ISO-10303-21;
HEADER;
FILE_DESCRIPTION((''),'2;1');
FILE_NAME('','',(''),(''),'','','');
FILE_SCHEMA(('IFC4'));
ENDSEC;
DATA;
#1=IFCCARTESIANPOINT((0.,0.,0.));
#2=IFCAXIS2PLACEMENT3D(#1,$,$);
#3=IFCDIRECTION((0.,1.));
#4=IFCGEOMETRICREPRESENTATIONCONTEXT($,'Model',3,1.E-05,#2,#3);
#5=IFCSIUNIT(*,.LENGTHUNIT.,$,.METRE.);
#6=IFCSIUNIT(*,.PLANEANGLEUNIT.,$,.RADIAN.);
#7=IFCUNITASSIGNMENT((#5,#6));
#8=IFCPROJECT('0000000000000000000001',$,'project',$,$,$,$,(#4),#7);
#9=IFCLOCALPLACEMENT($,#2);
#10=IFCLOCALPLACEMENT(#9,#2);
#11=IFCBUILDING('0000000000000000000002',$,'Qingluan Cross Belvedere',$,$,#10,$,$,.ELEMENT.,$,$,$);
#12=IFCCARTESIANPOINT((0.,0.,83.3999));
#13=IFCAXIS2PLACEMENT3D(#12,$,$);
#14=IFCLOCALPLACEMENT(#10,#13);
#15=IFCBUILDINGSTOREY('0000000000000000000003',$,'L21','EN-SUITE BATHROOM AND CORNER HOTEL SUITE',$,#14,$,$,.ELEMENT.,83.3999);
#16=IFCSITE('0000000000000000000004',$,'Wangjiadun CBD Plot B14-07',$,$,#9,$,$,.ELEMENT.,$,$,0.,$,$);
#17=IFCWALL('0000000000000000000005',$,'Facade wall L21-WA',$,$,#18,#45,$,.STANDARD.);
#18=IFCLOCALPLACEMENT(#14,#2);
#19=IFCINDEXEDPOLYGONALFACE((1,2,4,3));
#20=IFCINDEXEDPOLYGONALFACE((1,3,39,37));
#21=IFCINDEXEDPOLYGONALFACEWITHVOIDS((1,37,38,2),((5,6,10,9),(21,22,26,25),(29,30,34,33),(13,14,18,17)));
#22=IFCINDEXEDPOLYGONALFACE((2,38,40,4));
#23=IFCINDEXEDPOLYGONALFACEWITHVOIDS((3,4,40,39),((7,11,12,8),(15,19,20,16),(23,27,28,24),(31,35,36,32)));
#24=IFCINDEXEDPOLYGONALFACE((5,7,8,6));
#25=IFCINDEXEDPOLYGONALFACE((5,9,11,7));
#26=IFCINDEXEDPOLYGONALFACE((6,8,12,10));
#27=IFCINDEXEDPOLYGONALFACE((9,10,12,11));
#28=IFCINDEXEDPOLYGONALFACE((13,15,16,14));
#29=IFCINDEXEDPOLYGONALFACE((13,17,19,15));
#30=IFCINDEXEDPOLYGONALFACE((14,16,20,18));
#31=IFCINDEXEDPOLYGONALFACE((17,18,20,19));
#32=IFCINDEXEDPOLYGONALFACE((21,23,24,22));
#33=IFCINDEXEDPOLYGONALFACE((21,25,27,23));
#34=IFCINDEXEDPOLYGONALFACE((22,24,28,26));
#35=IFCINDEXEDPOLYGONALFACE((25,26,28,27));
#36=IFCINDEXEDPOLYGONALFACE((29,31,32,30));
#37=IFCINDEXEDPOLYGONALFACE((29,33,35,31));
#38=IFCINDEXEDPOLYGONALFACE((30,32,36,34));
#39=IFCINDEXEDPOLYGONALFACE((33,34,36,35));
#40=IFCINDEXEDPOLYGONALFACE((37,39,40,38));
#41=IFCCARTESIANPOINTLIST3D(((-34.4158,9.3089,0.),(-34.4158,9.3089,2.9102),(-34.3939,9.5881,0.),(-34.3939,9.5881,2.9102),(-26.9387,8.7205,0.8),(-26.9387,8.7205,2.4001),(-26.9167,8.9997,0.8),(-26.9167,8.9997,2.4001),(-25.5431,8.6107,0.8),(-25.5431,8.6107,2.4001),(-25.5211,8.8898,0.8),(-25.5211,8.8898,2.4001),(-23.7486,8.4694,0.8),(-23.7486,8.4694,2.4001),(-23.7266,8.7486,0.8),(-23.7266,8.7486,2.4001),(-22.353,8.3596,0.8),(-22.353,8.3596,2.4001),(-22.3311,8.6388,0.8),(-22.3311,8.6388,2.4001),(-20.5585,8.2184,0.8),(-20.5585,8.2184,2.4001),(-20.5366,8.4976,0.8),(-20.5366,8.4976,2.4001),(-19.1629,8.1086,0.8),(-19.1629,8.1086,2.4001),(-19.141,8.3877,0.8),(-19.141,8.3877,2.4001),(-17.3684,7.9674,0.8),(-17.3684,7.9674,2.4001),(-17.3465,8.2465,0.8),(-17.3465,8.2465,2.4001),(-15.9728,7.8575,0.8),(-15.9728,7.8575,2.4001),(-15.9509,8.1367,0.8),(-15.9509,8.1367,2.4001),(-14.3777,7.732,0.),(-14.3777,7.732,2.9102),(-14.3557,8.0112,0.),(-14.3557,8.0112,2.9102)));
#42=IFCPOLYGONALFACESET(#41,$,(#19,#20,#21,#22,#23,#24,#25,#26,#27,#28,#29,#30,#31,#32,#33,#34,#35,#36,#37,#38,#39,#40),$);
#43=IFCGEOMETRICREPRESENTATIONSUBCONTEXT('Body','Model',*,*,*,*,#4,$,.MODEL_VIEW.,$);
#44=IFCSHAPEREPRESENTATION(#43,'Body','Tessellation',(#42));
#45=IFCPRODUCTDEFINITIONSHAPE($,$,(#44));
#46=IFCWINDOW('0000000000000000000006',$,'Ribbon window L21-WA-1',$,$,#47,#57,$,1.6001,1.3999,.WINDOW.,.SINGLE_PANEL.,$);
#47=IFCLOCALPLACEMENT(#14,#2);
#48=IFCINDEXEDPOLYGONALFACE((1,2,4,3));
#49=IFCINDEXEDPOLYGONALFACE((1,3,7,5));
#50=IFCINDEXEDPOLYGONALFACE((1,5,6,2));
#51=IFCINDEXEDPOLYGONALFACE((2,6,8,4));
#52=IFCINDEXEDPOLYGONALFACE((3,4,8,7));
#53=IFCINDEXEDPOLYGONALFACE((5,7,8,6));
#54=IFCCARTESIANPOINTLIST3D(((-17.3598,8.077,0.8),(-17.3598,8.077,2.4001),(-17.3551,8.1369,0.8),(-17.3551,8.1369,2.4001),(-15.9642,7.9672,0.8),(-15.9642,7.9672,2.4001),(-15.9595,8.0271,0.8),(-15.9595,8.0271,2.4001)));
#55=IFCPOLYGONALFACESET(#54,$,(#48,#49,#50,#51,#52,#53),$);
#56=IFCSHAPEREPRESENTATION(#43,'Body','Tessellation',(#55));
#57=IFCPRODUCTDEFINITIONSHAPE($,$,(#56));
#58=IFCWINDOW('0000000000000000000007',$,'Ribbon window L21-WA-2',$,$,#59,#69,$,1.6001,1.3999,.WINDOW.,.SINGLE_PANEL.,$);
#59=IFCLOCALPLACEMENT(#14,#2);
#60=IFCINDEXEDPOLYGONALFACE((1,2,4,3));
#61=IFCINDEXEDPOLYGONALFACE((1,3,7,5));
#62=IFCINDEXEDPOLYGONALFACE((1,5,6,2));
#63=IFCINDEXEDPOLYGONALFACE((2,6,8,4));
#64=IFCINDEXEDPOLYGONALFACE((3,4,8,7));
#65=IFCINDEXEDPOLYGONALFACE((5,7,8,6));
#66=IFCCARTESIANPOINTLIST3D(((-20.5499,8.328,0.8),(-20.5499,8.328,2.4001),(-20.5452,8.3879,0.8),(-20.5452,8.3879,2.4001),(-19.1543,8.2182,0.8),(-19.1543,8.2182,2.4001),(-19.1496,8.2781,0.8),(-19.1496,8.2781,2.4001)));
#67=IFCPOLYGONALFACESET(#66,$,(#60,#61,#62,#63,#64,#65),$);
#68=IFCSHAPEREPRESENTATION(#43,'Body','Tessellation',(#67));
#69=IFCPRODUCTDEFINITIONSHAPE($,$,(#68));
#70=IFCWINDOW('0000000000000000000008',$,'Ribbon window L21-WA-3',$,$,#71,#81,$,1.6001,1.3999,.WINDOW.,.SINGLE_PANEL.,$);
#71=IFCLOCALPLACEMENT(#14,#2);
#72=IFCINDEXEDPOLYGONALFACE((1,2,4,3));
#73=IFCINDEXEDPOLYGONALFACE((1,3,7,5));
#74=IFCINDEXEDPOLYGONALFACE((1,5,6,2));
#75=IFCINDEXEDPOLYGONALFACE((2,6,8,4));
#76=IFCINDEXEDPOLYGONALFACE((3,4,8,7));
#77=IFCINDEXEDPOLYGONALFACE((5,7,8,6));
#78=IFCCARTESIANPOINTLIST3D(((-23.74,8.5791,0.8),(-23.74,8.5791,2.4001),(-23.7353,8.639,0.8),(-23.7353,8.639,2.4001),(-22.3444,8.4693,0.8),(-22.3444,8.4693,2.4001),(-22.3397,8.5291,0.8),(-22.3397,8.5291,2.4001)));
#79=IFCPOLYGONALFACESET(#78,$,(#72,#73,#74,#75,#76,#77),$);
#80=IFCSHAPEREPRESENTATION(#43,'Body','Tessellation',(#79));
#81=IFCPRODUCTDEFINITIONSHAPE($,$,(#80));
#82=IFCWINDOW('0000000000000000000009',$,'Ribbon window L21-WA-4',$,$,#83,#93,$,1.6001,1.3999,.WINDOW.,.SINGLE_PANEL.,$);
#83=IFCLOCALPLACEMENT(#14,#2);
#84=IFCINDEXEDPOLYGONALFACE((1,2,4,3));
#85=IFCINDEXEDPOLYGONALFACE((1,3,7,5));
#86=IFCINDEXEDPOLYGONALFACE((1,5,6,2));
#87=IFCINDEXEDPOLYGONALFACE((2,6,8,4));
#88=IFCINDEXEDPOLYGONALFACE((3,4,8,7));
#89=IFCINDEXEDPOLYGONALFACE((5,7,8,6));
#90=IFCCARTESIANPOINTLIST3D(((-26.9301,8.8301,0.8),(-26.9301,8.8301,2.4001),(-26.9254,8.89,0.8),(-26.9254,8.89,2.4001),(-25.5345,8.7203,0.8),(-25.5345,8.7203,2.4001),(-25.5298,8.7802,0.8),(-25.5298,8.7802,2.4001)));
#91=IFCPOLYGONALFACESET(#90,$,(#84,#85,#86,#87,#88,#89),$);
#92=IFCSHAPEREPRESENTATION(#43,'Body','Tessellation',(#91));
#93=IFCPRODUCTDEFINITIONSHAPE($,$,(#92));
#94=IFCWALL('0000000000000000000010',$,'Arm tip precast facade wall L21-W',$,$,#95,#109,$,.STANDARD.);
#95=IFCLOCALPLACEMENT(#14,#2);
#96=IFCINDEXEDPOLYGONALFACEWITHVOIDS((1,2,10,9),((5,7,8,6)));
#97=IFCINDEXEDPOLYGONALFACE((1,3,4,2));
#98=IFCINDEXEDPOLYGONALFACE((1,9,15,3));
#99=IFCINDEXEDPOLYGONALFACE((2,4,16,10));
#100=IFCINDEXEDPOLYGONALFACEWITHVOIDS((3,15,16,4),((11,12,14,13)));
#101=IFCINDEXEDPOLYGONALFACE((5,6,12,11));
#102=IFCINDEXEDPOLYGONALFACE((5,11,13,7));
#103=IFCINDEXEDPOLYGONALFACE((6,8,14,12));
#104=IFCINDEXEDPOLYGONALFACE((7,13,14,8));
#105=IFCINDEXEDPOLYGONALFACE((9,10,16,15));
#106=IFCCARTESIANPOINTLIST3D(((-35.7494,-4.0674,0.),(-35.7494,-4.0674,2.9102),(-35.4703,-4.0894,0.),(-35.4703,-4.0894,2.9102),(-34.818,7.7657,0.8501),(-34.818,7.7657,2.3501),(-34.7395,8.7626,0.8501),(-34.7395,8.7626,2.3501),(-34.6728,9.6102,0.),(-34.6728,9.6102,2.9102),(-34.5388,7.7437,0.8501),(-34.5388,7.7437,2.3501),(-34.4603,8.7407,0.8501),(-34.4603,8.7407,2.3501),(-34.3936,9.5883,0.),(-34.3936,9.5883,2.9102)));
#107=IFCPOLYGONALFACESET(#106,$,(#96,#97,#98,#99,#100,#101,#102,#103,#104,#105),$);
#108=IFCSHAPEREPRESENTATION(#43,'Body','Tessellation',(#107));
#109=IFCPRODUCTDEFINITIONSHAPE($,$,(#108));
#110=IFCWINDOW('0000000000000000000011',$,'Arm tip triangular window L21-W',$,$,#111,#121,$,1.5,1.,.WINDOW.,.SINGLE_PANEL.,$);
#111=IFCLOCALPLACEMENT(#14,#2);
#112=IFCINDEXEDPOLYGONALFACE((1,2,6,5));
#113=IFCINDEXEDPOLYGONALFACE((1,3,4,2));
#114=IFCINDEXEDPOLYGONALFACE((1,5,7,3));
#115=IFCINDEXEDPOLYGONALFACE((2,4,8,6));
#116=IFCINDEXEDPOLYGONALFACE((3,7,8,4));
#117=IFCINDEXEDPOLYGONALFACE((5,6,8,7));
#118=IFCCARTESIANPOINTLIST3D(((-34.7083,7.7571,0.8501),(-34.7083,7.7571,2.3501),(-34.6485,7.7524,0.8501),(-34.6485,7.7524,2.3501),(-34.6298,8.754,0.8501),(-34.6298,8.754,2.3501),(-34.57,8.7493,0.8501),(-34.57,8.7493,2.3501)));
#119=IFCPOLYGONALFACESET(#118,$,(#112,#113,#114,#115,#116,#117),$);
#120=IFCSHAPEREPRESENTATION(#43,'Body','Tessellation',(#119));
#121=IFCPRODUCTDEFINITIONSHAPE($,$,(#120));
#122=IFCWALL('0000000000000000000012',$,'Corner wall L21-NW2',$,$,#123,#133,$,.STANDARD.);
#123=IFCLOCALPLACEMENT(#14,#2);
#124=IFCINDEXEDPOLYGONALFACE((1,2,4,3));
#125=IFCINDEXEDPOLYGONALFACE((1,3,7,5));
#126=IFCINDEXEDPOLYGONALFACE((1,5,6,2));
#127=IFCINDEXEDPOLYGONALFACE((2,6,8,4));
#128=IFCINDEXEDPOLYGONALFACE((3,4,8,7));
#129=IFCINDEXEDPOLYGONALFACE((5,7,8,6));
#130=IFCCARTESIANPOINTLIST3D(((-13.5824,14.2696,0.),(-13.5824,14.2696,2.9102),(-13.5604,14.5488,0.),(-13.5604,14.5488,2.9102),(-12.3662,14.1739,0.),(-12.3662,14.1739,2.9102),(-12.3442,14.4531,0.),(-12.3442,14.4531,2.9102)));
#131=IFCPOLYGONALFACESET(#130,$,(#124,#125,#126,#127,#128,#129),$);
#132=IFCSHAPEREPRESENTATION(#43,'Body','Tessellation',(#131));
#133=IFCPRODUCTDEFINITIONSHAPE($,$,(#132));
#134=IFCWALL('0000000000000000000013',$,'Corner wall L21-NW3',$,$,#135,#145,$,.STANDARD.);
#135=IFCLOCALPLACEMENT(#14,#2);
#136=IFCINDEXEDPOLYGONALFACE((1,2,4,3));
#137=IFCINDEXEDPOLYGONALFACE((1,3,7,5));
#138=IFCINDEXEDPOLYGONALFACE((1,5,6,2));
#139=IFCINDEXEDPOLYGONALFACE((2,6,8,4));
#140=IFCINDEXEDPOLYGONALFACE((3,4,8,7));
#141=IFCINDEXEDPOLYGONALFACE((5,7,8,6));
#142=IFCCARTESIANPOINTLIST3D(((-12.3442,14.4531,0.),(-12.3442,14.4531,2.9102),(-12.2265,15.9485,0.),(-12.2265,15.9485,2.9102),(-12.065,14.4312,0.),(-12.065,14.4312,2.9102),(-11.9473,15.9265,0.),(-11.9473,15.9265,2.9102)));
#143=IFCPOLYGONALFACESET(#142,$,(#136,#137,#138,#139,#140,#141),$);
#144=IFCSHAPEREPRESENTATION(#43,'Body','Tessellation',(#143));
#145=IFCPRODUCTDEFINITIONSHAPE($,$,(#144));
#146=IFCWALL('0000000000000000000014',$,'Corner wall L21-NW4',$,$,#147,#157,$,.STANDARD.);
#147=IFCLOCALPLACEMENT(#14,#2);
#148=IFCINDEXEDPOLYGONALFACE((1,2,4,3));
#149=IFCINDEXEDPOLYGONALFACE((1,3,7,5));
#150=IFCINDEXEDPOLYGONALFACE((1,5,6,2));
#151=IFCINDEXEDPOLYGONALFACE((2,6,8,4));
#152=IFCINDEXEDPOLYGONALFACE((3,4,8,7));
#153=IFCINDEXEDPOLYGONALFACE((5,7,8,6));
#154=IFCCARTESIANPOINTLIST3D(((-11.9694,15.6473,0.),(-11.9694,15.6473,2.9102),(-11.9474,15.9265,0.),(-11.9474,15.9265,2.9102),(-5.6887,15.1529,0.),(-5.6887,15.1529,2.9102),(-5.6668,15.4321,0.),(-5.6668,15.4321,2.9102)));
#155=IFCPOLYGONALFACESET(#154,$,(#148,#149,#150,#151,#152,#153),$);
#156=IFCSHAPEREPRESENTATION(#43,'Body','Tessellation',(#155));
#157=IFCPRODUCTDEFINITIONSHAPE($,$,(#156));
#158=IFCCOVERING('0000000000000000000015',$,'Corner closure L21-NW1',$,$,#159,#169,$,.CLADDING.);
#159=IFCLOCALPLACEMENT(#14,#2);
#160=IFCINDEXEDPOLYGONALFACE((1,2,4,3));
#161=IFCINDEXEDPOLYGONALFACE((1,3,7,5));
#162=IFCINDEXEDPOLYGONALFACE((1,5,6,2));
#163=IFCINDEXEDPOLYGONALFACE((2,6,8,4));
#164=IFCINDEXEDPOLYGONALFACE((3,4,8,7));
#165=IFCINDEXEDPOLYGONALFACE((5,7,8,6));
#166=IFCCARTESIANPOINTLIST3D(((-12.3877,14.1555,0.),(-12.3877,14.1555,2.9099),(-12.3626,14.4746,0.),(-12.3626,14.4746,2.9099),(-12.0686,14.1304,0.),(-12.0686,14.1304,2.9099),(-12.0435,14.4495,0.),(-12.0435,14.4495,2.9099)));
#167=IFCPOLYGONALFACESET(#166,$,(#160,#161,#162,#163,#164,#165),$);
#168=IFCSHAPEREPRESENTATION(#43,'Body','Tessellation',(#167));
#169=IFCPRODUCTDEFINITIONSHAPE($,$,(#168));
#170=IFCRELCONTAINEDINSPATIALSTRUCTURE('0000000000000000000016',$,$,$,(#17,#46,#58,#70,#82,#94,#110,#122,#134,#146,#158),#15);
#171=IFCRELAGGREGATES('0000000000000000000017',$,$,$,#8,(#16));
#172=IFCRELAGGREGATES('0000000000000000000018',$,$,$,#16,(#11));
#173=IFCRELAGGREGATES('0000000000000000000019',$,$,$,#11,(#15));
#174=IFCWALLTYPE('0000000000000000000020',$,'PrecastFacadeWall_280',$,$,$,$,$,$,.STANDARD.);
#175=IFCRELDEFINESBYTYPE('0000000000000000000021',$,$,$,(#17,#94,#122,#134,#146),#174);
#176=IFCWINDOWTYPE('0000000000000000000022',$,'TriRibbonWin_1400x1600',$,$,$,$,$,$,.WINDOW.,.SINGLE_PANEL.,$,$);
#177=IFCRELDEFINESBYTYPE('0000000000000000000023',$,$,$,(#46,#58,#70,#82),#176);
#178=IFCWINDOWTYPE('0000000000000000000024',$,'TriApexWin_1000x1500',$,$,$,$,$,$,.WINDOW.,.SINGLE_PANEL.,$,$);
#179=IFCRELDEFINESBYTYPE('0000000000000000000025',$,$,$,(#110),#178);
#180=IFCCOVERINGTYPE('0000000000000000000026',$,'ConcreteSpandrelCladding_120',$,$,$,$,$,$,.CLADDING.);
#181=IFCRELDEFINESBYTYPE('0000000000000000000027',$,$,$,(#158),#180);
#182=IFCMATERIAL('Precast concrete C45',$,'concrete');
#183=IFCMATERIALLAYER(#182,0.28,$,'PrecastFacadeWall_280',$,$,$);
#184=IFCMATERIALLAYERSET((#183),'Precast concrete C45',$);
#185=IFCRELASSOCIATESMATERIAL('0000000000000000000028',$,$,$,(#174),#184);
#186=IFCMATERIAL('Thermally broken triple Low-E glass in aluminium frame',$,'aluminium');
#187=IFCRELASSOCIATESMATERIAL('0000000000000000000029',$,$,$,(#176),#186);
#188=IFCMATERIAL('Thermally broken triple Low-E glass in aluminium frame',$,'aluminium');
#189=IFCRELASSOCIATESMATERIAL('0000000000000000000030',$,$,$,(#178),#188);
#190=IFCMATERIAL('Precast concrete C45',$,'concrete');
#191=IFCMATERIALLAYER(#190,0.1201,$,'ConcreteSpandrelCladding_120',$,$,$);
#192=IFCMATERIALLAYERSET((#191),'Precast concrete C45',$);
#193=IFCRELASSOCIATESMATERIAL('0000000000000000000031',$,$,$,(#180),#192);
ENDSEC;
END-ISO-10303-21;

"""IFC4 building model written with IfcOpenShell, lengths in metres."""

from ifc_helpers import new_model, si_unit, direction, frame, frame_2d, origin, origin_2d, place, context, subcontext, project, spatial, rectangle, extrude, material, layer, layer_set, type_object, element, fill, save


model = new_model("IFC4")

# Units and contexts
model_context = context("Model", 3, precision=1e-05, world=origin(), true_north=direction((0.0, 1.0)))
body_context = subcontext(model_context, "Body", "Model", "MODEL_VIEW")
ifc_project = project(units=[si_unit("LENGTHUNIT", "METRE"), si_unit("PLANEANGLEUNIT", "RADIAN")], contexts=[model_context])

# Site, building, storey
site_placement = place(None, origin())
site = spatial("IfcSite", under=ifc_project, at=site_placement, Name="Wangjiadun CBD Plot B14-07", CompositionType="ELEMENT", RefElevation=0.0)
building_placement = place(site_placement, origin())
building = spatial("IfcBuilding", under=site, at=building_placement, Name="Qingluan Cross Belvedere", CompositionType="ELEMENT")
storey_placement = place(building_placement, frame((0.0, 0.0, 83.3999)))
storey = spatial("IfcBuildingStorey", under=building, at=storey_placement, Name="L21", Description="EN-SUITE BATHROOM AND CORNER HOTEL SUITE", CompositionType="ELEMENT", Elevation=83.3999)

# Wall, openings, windows
ifc_material_1 = material(Name="Precast concrete C45", Category="concrete")
ifc_layer_1 = layer(ifc_material_1, 0.28, Name="PrecastFacadeWall_280")
ifc_layer_set_1 = layer_set([ifc_layer_1], Name="Precast concrete C45")
wall_type_1 = type_object("IfcWallType", Name="PrecastFacadeWall_280", PredefinedType="STANDARD", material=ifc_layer_set_1)
wall_1_placement = place(storey_placement, frame((-14.3667, 7.8716, 0.0), z_axis=(0.0, 0.0, 1.0), x_axis=(-0.996918, 0.078453, 0.0)))
wall_1 = element("IfcWall", 1, at=wall_1_placement, inside=storey, type_object=wall_type_1, Name="Facade wall L21-WA", PredefinedType="STANDARD", context=body_context, shape_type="SweptSolid", body=[
    extrude(rectangle(XDim=20.1001, YDim=0.28, at=frame_2d((10.05, 0.0))), origin(), (0.0, 0.0, 1.0), 2.9102),
])
opening_1_placement = place(wall_1_placement, frame((1.6001, 0.0, 0.8)))
opening_1 = element("IfcOpeningElement", 2, at=opening_1_placement, cuts=wall_1, PredefinedType="OPENING", context=body_context, shape_type="SweptSolid", body=[
    extrude(rectangle(XDim=1.3999, YDim=1.6001, at=frame_2d((0.7, 0.8))), frame((0.0, 0.1499, 0.0), z_axis=(0.0, -1.0, 0.0), x_axis=(1.0, 0.0, 0.0)), (0.0, 0.0, 1.0), 0.3),
])
opening_2_placement = place(wall_1_placement, frame((4.8, 0.0, 0.8)))
opening_2 = element("IfcOpeningElement", 3, at=opening_2_placement, cuts=wall_1, PredefinedType="OPENING", context=body_context, shape_type="SweptSolid", body=[
    extrude(rectangle(XDim=1.3999, YDim=1.6001, at=frame_2d((0.7, 0.8))), frame((0.0, 0.1499, 0.0), z_axis=(0.0, -1.0, 0.0), x_axis=(1.0, 0.0, 0.0)), (0.0, 0.0, 1.0), 0.3),
])
opening_3_placement = place(wall_1_placement, frame((8.0, 0.0, 0.8)))
opening_3 = element("IfcOpeningElement", 4, at=opening_3_placement, cuts=wall_1, PredefinedType="OPENING", context=body_context, shape_type="SweptSolid", body=[
    extrude(rectangle(XDim=1.3999, YDim=1.6001, at=frame_2d((0.7, 0.8))), frame((0.0, 0.1499, 0.0), z_axis=(0.0, -1.0, 0.0), x_axis=(1.0, 0.0, 0.0)), (0.0, 0.0, 1.0), 0.3),
])
opening_4_placement = place(wall_1_placement, frame((11.2, 0.0, 0.8)))
opening_4 = element("IfcOpeningElement", 5, at=opening_4_placement, cuts=wall_1, PredefinedType="OPENING", context=body_context, shape_type="SweptSolid", body=[
    extrude(rectangle(XDim=1.3999, YDim=1.6001, at=frame_2d((0.7, 0.8))), frame((0.0, 0.1499, 0.0), z_axis=(0.0, -1.0, 0.0), x_axis=(1.0, 0.0, 0.0)), (0.0, 0.0, 1.0), 0.3),
])
ifc_material_2 = material(Name="Thermally broken triple Low-E glass in aluminium frame", Category="aluminium")
window_type_1 = type_object("IfcWindowType", Name="TriRibbonWin_1400x1600", PartitioningType="SINGLE_PANEL", PredefinedType="WINDOW", material=ifc_material_2)
window_1_placement = place(opening_1_placement, origin())
window_1 = element("IfcWindow", 6, at=window_1_placement, inside=storey, type_object=window_type_1, Name="Ribbon window L21-WA-1", OverallHeight=1.6001, OverallWidth=1.3999, PartitioningType="SINGLE_PANEL", PredefinedType="WINDOW", context=body_context, shape_type="SweptSolid", body=[
    extrude(rectangle(XDim=1.3999, YDim=1.6001, at=frame_2d((0.7, 0.8))), frame((0.0, 0.03, 0.0), z_axis=(0.0, -1.0, 0.0), x_axis=(1.0, 0.0, 0.0)), (0.0, 0.0, 1.0), 0.0601),
])
fill(opening_1, window_1)
window_2_placement = place(opening_2_placement, origin())
window_2 = element("IfcWindow", 7, at=window_2_placement, inside=storey, type_object=window_type_1, Name="Ribbon window L21-WA-2", OverallHeight=1.6001, OverallWidth=1.3999, PartitioningType="SINGLE_PANEL", PredefinedType="WINDOW", context=body_context, shape_type="SweptSolid", body=[
    extrude(rectangle(XDim=1.3999, YDim=1.6001, at=frame_2d((0.7, 0.8))), frame((0.0, 0.03, 0.0), z_axis=(0.0, -1.0, 0.0), x_axis=(1.0, 0.0, 0.0)), (0.0, 0.0, 1.0), 0.0601),
])
fill(opening_2, window_2)
window_3_placement = place(opening_3_placement, origin())
window_3 = element("IfcWindow", 8, at=window_3_placement, inside=storey, type_object=window_type_1, Name="Ribbon window L21-WA-3", OverallHeight=1.6001, OverallWidth=1.3999, PartitioningType="SINGLE_PANEL", PredefinedType="WINDOW", context=body_context, shape_type="SweptSolid", body=[
    extrude(rectangle(XDim=1.3999, YDim=1.6001, at=frame_2d((0.7, 0.8))), frame((0.0, 0.03, 0.0), z_axis=(0.0, -1.0, 0.0), x_axis=(1.0, 0.0, 0.0)), (0.0, 0.0, 1.0), 0.0601),
])
fill(opening_3, window_3)
window_4_placement = place(opening_4_placement, origin())
window_4 = element("IfcWindow", 9, at=window_4_placement, inside=storey, type_object=window_type_1, Name="Ribbon window L21-WA-4", OverallHeight=1.6001, OverallWidth=1.3999, PartitioningType="SINGLE_PANEL", PredefinedType="WINDOW", context=body_context, shape_type="SweptSolid", body=[
    extrude(rectangle(XDim=1.3999, YDim=1.6001, at=frame_2d((0.7, 0.8))), frame((0.0, 0.03, 0.0), z_axis=(0.0, -1.0, 0.0), x_axis=(1.0, 0.0, 0.0)), (0.0, 0.0, 1.0), 0.0601),
])
fill(opening_4, window_4)

# Wall, opening, window
wall_2_placement = place(storey_placement, frame((-34.5332, 9.5991, 0.0), z_axis=(0.0, 0.0, 1.0), x_axis=(-0.078474, -0.996916, 0.0)))
wall_2 = element("IfcWall", 10, at=wall_2_placement, inside=storey, type_object=wall_type_1, Name="Arm tip precast facade wall L21-W", PredefinedType="STANDARD", context=body_context, shape_type="SweptSolid", body=[
    extrude(rectangle(XDim=13.72, YDim=0.28, at=frame_2d((6.8599, 0.0))), origin(), (0.0, 0.0, 1.0), 2.9102),
])
opening_5_placement = place(wall_2_placement, frame((0.8501, 0.0, 0.8501)))
opening_5 = element("IfcOpeningElement", 11, at=opening_5_placement, cuts=wall_2, PredefinedType="OPENING", context=body_context, shape_type="SweptSolid", body=[
    extrude(rectangle(XDim=1.0, YDim=1.5, at=frame_2d((0.5, 0.75))), frame((0.0, 0.1499, 0.0), z_axis=(0.0, -1.0, 0.0), x_axis=(1.0, 0.0, 0.0)), (0.0, 0.0, 1.0), 0.3),
])
ifc_material_3 = material(Name="Thermally broken triple Low-E glass in aluminium frame", Category="aluminium")
window_type_2 = type_object("IfcWindowType", Name="TriApexWin_1000x1500", PartitioningType="SINGLE_PANEL", PredefinedType="WINDOW", material=ifc_material_3)
window_5_placement = place(opening_5_placement, origin())
window_5 = element("IfcWindow", 12, at=window_5_placement, inside=storey, type_object=window_type_2, Name="Arm tip triangular window L21-W", OverallHeight=1.5, OverallWidth=1.0, PartitioningType="SINGLE_PANEL", PredefinedType="WINDOW", context=body_context, shape_type="SweptSolid", body=[
    extrude(rectangle(XDim=1.0, YDim=1.5, at=frame_2d((0.5, 0.75))), frame((0.0, 0.03, 0.0), z_axis=(0.0, -1.0, 0.0), x_axis=(1.0, 0.0, 0.0)), (0.0, 0.0, 1.0), 0.0601),
])
fill(opening_5, window_5)

# Walls
wall_3_placement = place(storey_placement, frame((-13.5713, 14.4092, 0.0), z_axis=(0.0, 0.0, 1.0), x_axis=(0.996919, -0.078441, 0.0)))
element("IfcWall", 13, at=wall_3_placement, inside=storey, type_object=wall_type_1, Name="Corner wall L21-NW2", PredefinedType="STANDARD", context=body_context, shape_type="SweptSolid", body=[
    extrude(rectangle(XDim=1.22, YDim=0.28, at=frame_2d((0.6099, 0.0))), origin(), (0.0, 0.0, 1.0), 2.9102),
])
wall_4_placement = place(storey_placement, frame((-12.2046, 14.4421, 0.0), z_axis=(0.0, 0.0, 1.0), x_axis=(0.078451, 0.996918, 0.0)))
element("IfcWall", 14, at=wall_4_placement, inside=storey, type_object=wall_type_1, Name="Corner wall L21-NW3", PredefinedType="STANDARD", context=body_context, shape_type="SweptSolid", body=[
    extrude(rectangle(XDim=1.5, YDim=0.28, at=frame_2d((0.75, 0.0))), origin(), (0.0, 0.0, 1.0), 2.9102),
])
wall_5_placement = place(storey_placement, frame((-11.9583, 15.7869, 0.0), z_axis=(0.0, 0.0, 1.0), x_axis=(0.996916, -0.078474, 0.0)))
element("IfcWall", 15, at=wall_5_placement, inside=storey, type_object=wall_type_1, Name="Corner wall L21-NW4", PredefinedType="STANDARD", context=body_context, shape_type="SweptSolid", body=[
    extrude(rectangle(XDim=6.3, YDim=0.28, at=frame_2d((3.1499, 0.0))), origin(), (0.0, 0.0, 1.0), 2.9102),
])

# Covering
ifc_material_4 = material(Name="Precast concrete C45", Category="concrete")
ifc_layer_2 = layer(ifc_material_4, 0.1201, Name="ConcreteSpandrelCladding_120")
ifc_layer_set_2 = layer_set([ifc_layer_2], Name="Precast concrete C45")
covering_type = type_object("IfcCoveringType", Name="ConcreteSpandrelCladding_120", PredefinedType="CLADDING", material=ifc_layer_set_2)
covering_placement = place(storey_placement, frame((-12.2156, 14.3025, 0.0), z_axis=(0.0, 0.0, 1.0), x_axis=(0.996917, -0.078459, 0.0)))
element("IfcCovering", 16, at=covering_placement, inside=storey, type_object=covering_type, Name="Corner closure L21-NW1", PredefinedType="CLADDING", context=body_context, shape_type="SweptSolid", body=[
    extrude(rectangle(XDim=0.3201, YDim=0.3201, at=origin_2d()), origin(), (0.0, 0.0, 1.0), 2.9099),
])

save(model, "model.ifc")
